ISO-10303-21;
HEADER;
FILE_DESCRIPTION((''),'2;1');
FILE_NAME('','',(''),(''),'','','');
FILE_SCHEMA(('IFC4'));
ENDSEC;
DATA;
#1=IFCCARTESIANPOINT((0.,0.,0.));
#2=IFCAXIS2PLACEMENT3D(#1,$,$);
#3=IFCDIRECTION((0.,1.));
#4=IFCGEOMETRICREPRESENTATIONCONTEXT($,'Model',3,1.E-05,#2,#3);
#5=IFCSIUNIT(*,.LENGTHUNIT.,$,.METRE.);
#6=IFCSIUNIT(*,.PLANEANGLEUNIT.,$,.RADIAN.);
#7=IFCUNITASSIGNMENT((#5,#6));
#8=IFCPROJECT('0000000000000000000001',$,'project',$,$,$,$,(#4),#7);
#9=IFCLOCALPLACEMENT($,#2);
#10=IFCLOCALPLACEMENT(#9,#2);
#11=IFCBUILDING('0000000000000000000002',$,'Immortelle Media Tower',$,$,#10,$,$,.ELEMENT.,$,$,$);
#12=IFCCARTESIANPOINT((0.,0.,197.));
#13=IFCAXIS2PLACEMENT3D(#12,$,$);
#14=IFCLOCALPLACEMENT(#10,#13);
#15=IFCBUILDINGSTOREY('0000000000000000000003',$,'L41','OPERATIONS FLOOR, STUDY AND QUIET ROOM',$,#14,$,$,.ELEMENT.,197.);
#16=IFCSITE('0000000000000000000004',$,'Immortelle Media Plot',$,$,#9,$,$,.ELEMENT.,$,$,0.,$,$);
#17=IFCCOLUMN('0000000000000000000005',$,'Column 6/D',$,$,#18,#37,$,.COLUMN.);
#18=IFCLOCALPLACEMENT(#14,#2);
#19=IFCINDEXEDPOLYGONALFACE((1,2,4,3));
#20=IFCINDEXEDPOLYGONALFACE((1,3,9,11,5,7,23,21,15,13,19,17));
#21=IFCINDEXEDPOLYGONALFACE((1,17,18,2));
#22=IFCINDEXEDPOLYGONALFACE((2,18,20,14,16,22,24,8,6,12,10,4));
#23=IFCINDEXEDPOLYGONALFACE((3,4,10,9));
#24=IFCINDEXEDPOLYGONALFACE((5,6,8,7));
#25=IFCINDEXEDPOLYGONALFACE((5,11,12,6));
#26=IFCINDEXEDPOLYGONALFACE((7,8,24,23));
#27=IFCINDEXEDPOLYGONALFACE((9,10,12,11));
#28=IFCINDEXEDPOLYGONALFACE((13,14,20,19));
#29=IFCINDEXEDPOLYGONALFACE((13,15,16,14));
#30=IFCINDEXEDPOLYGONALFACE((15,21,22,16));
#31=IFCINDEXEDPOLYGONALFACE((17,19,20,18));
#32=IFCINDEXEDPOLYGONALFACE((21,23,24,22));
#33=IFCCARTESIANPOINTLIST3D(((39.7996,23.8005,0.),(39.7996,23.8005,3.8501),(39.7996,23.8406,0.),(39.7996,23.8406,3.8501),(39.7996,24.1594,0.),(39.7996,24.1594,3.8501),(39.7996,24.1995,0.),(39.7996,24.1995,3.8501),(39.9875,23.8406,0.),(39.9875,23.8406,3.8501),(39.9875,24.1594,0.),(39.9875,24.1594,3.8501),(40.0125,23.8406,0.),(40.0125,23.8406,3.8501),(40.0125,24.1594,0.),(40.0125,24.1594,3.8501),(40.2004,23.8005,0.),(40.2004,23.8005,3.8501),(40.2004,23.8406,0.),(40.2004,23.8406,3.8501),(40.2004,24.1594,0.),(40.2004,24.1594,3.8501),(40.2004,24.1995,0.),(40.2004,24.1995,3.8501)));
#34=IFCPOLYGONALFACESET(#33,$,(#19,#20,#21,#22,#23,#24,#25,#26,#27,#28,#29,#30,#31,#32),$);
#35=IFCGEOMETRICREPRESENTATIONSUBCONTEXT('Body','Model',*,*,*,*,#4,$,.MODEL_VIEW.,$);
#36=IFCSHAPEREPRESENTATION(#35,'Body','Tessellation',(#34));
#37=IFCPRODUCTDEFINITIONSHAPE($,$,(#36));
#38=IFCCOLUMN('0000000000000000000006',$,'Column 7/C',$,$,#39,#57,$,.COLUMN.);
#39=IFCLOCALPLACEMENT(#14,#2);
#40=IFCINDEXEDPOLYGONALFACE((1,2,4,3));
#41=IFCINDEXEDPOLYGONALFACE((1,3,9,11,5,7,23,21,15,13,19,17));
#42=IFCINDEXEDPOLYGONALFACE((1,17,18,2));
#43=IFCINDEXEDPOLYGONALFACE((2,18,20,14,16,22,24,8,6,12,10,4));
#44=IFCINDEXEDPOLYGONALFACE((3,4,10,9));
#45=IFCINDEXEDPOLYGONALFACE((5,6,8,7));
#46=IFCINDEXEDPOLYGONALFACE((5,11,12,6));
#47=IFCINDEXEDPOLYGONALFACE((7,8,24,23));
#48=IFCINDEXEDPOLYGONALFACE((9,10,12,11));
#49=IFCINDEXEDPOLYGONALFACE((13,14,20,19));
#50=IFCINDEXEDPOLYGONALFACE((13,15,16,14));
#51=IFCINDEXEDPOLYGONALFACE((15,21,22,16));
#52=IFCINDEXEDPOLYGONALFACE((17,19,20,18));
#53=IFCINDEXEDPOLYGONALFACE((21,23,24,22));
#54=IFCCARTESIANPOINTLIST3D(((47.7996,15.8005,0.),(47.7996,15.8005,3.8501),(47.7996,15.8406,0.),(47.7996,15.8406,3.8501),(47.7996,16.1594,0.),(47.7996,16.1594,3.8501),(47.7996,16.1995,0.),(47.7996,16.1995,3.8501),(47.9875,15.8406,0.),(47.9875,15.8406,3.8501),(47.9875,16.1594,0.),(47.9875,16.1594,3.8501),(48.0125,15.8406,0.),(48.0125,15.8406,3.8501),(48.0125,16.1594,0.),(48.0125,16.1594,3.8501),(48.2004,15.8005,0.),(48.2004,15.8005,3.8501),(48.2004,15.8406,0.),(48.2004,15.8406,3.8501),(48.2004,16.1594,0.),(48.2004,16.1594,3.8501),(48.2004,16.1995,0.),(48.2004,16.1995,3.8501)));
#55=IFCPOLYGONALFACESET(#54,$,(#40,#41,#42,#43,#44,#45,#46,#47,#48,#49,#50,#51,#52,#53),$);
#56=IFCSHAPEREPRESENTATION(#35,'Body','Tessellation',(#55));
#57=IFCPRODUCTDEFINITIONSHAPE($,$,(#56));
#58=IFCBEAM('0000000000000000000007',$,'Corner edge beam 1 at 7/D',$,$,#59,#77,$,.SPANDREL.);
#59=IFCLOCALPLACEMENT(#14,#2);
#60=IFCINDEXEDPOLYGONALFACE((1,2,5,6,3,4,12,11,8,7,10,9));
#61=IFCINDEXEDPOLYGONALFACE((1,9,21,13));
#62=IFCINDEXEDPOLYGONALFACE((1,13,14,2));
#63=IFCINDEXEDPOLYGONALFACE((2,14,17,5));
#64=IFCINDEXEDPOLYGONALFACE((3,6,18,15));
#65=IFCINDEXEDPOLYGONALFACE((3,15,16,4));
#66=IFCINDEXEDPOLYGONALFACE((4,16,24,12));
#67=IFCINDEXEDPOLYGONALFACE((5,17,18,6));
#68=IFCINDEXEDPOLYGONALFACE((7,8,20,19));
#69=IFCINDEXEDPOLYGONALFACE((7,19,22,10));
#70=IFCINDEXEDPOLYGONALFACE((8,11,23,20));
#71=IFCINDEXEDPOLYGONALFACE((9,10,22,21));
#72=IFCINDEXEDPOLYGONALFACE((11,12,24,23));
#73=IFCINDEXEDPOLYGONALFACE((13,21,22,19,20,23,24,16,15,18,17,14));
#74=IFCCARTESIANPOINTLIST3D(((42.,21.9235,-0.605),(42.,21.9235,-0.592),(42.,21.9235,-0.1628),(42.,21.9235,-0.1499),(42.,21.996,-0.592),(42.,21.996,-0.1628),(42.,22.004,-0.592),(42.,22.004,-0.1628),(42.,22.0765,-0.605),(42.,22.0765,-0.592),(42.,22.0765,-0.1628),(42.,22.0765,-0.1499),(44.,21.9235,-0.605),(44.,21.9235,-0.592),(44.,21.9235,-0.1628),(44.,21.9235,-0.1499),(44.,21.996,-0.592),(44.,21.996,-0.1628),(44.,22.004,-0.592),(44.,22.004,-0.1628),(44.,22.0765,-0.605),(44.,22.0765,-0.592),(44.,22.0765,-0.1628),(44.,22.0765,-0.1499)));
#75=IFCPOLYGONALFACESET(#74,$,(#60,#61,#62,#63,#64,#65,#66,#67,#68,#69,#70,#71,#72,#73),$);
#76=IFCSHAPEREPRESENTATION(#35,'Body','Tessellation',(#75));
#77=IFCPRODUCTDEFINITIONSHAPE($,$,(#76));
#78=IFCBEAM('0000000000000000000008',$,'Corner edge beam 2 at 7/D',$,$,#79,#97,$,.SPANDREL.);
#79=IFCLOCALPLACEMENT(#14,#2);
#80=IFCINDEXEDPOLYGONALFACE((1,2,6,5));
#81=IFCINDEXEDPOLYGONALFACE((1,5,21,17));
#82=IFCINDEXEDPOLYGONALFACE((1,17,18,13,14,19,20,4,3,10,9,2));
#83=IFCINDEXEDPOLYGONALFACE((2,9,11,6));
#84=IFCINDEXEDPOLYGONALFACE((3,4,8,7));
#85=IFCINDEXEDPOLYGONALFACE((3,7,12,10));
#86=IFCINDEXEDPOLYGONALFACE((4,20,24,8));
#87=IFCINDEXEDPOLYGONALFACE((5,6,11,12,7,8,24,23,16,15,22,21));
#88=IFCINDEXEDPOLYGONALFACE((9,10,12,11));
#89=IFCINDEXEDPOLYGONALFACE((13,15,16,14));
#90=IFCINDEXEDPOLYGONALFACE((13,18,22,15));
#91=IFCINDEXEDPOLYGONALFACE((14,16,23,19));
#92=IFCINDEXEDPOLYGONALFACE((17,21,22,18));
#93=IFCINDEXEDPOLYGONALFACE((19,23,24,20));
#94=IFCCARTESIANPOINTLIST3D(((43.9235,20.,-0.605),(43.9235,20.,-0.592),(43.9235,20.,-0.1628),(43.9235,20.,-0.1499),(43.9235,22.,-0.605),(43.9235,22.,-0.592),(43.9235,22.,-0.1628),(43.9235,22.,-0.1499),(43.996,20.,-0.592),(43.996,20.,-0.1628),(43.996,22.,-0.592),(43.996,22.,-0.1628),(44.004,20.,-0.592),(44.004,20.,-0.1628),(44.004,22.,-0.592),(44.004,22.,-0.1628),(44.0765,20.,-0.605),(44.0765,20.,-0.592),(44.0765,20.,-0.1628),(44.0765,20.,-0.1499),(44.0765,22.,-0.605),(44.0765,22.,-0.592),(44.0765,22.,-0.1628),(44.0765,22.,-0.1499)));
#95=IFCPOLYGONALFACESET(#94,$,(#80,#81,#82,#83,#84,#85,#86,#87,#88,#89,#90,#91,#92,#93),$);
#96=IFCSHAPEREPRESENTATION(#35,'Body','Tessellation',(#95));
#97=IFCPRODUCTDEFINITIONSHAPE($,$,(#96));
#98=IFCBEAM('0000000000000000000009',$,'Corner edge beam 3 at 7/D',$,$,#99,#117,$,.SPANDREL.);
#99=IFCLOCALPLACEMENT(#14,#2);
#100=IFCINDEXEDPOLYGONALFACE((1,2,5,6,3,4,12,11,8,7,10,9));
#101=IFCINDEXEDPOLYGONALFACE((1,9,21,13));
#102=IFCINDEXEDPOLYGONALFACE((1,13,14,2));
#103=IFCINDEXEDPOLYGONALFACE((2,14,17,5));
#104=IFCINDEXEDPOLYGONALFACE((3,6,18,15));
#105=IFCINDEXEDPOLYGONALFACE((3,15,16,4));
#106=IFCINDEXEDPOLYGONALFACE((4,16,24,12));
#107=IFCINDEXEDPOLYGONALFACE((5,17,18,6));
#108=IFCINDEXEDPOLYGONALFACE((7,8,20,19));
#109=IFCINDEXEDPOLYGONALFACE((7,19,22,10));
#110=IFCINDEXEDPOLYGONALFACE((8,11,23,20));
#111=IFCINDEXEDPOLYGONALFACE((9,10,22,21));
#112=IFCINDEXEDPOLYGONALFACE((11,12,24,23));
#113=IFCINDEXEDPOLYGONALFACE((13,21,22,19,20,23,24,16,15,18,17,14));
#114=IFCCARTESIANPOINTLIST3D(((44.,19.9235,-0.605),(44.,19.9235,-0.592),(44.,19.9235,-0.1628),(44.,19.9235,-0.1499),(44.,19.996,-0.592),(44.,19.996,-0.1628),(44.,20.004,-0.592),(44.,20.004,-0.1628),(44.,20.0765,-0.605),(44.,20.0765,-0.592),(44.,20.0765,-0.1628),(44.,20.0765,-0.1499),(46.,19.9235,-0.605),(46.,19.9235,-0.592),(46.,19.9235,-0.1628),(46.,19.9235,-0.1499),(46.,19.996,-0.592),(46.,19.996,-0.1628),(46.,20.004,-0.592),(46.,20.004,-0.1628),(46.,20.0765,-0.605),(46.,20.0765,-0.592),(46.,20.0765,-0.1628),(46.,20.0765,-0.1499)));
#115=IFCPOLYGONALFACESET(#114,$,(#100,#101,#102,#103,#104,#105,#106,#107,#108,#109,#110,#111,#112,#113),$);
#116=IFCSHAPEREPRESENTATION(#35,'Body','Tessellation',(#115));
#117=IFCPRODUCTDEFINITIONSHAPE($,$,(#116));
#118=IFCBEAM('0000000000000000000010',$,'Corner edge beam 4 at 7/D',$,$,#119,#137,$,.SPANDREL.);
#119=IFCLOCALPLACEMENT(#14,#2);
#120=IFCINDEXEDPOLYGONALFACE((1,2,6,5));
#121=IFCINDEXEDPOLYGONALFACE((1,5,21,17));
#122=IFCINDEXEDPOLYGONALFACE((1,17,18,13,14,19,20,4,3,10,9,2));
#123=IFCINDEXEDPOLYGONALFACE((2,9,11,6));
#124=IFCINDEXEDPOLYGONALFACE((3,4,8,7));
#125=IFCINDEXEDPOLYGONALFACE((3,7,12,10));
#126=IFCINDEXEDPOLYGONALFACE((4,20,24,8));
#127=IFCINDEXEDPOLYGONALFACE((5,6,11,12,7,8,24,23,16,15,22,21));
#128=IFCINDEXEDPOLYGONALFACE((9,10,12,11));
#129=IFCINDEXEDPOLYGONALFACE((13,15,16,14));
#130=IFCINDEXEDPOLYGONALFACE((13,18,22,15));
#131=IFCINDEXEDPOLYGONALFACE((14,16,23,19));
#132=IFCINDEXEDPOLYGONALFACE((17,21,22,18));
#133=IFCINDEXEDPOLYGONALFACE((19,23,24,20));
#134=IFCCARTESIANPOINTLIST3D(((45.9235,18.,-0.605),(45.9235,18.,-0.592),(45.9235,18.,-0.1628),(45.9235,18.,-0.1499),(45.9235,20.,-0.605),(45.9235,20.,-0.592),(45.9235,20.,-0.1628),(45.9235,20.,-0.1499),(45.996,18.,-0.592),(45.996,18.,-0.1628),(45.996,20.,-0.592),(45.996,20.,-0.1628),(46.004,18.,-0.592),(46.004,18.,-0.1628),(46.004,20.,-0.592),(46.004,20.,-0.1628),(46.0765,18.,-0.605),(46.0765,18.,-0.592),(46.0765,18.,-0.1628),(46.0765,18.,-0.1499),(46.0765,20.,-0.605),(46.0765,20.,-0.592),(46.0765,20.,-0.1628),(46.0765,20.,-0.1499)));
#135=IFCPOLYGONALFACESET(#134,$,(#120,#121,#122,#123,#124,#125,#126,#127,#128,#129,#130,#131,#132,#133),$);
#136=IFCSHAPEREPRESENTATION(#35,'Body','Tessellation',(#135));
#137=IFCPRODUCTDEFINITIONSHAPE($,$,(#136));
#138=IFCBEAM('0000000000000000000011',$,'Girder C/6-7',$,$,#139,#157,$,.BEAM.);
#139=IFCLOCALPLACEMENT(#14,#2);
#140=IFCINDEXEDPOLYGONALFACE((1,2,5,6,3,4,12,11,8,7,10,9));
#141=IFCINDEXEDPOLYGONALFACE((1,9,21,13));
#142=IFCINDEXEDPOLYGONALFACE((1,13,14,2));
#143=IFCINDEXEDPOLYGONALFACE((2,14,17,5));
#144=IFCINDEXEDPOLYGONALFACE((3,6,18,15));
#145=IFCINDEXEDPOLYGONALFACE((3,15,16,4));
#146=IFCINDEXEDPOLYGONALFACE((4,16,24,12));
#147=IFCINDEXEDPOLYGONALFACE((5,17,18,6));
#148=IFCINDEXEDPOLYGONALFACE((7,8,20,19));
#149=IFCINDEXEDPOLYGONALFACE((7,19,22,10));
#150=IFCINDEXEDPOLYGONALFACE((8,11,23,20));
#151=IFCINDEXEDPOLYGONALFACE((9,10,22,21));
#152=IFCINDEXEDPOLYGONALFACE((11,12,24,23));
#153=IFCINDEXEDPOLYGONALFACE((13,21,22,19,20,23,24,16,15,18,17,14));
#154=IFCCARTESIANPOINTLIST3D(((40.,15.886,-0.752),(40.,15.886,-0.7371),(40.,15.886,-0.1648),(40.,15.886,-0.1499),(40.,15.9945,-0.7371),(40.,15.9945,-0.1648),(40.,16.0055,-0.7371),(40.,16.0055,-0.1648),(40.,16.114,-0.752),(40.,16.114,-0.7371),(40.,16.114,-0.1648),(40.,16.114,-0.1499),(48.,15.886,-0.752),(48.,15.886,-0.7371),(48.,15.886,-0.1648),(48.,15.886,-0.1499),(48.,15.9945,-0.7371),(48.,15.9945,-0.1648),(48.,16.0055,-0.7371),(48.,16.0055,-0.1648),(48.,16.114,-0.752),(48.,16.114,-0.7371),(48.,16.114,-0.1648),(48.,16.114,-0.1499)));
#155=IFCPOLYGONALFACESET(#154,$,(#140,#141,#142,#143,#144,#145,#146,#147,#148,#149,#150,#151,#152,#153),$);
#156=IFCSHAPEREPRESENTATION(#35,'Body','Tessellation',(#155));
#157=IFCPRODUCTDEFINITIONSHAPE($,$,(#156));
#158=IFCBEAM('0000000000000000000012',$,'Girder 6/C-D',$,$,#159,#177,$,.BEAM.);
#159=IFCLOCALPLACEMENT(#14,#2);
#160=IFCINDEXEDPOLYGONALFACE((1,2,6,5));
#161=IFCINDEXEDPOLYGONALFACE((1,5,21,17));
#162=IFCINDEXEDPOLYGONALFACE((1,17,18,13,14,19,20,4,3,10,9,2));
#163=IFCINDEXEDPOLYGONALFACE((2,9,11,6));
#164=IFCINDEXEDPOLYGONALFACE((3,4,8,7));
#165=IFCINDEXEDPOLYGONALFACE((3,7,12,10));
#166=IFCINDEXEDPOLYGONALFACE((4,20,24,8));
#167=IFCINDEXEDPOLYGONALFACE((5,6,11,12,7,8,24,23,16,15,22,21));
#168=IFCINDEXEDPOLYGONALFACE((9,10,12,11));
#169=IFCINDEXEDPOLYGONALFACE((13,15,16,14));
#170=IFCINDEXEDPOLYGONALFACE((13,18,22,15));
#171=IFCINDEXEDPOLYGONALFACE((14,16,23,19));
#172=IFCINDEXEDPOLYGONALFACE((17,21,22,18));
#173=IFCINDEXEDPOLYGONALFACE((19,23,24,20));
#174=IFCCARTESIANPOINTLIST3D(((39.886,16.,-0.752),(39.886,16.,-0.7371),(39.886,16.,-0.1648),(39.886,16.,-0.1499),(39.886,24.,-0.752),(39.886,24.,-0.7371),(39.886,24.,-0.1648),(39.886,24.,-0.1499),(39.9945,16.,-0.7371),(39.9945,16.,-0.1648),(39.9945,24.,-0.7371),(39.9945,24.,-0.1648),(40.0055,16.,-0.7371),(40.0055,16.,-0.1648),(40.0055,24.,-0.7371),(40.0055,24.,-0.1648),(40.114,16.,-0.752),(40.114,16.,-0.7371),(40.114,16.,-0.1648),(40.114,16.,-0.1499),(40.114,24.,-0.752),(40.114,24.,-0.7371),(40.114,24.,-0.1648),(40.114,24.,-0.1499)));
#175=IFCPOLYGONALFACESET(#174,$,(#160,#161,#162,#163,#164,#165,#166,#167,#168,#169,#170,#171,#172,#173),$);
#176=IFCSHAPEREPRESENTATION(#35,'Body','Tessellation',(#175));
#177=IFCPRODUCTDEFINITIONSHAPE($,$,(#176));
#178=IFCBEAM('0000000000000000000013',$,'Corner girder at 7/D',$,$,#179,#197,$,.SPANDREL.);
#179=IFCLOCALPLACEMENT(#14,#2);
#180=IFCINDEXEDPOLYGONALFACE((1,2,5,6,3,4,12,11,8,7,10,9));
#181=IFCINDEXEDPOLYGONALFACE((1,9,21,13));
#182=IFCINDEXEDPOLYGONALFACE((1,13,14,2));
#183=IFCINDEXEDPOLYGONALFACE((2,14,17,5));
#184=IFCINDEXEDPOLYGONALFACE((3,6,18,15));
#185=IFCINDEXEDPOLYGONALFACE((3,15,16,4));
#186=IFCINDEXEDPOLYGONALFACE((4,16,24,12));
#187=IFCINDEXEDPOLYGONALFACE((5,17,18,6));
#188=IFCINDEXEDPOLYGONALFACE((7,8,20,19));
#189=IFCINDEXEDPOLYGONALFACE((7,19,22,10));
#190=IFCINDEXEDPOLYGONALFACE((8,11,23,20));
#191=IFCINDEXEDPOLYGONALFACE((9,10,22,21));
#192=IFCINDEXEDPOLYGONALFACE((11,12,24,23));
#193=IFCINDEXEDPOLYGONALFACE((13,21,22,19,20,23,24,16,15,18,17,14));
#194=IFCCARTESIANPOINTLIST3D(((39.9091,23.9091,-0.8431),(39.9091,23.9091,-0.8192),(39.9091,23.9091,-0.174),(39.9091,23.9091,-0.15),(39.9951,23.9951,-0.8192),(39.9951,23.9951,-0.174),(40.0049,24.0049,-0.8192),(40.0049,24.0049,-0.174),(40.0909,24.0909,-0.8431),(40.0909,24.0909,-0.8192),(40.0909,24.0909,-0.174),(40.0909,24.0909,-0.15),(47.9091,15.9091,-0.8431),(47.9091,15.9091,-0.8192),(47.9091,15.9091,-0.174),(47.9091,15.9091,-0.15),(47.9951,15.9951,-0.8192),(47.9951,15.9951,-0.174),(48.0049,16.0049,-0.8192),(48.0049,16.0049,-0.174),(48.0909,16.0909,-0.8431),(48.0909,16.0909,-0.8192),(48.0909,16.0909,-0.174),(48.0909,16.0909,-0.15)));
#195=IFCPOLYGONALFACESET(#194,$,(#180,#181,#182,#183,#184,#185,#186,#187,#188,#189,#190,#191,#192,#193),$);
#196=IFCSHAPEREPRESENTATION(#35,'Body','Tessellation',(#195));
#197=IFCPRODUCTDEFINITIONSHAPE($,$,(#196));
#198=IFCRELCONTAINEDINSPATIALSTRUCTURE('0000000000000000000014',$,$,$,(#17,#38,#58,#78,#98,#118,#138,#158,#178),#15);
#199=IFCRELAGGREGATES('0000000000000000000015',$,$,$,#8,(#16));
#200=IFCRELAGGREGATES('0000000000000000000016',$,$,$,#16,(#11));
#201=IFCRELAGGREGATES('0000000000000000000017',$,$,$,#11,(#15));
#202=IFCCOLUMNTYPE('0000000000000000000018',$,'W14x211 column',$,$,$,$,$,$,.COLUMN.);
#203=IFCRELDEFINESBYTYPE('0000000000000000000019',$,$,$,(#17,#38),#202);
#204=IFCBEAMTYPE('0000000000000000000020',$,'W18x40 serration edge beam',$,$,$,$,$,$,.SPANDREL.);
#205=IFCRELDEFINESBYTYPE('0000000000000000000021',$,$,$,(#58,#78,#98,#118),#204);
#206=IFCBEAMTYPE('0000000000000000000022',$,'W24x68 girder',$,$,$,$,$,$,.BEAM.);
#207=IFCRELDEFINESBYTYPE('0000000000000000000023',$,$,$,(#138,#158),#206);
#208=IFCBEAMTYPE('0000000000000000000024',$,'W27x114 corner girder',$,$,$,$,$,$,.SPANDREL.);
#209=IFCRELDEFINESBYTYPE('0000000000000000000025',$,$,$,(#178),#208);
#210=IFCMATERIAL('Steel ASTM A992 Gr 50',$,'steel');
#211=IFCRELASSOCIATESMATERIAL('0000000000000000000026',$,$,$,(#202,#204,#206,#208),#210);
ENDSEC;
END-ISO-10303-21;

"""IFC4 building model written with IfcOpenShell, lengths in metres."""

from ifc_helpers import new_model, si_unit, direction, frame, origin, origin_2d, place, context, subcontext, project, spatial, i_section, extrude, material, material_profile, profile_set, type_object, element, save


model = new_model("IFC4")

# Units and contexts
model_context = context("Model", 3, precision=1e-05, world=origin(), true_north=direction((0.0, 1.0)))
body_context = subcontext(model_context, "Body", "Model", "MODEL_VIEW")
ifc_project = project(units=[si_unit("LENGTHUNIT", "METRE"), si_unit("PLANEANGLEUNIT", "RADIAN")], contexts=[model_context])

# Site, building, storey
site_placement = place(None, origin())
site = spatial("IfcSite", under=ifc_project, at=site_placement, Name="Immortelle Media Plot", CompositionType="ELEMENT", RefElevation=0.0)
building_placement = place(site_placement, origin())
building = spatial("IfcBuilding", under=site, at=building_placement, Name="Immortelle Media Tower", CompositionType="ELEMENT")
storey_placement = place(building_placement, frame((0.0, 0.0, 197.0)))
storey = spatial("IfcBuildingStorey", under=building, at=storey_placement, Name="L41", Description="OPERATIONS FLOOR, STUDY AND QUIET ROOM", CompositionType="ELEMENT", Elevation=197.0)

# Columns
ifc_material_1 = material(Name="Steel ASTM A992 Gr 50", Category="steel")
ifc_material_profile_1 = material_profile(ifc_material_1, i_section(OverallWidth=0.4009, OverallDepth=0.3989, WebThickness=0.0249, FlangeThickness=0.04, at=origin_2d()), Name="W14x211")
ifc_profile_set_1 = profile_set([ifc_material_profile_1], Name="Steel ASTM A992 Gr 50")
column_type = type_object("IfcColumnType", Name="W14x211 column", PredefinedType="COLUMN", material=ifc_profile_set_1)
for number, where, z_axis, x_axis, name in (
    (1, (40.0, 24.0, 0.0), (0.0, 0.0, 1.0), (1.0, 0.0, 0.0), "Column 6/D"),
    (2, (48.0, 16.0, 0.0), (0.0, 0.0, 1.0), (1.0, 0.0, 0.0), "Column 7/C"),
):
    element("IfcColumn", number, at=place(storey_placement, frame(where, z_axis=z_axis, x_axis=x_axis)), inside=storey, type_object=column_type, Name=name, PredefinedType="COLUMN", context=body_context, shape_type="SweptSolid", body=[
        extrude(i_section(OverallWidth=0.4009, OverallDepth=0.3989, WebThickness=0.0249, FlangeThickness=0.04, at=origin_2d()), origin(), (0.0, 0.0, 1.0), 3.8501),
    ])

# Beams
ifc_material_profile_2 = material_profile(ifc_material_1, i_section(OverallWidth=0.1531, OverallDepth=0.4551, WebThickness=0.0081, FlangeThickness=0.0129, at=origin_2d()), Name="W18x40")
ifc_profile_set_2 = profile_set([ifc_material_profile_2], Name="Steel ASTM A992 Gr 50")
beam_type_1 = type_object("IfcBeamType", Name="W18x40 serration edge beam", PredefinedType="SPANDREL", material=ifc_profile_set_2)
for number, where, z_axis, x_axis, name in (
    (3, (42.0, 22.0, -0.3774), (1.0, 0.0, 0.0), (0.0, 1.0, 0.0), "Corner edge beam 1 at 7/D"),
    (4, (44.0, 22.0, -0.3774), (0.0, -1.0, 0.0), (1.0, 0.0, 0.0), "Corner edge beam 2 at 7/D"),
    (5, (44.0, 20.0, -0.3774), (1.0, 0.0, 0.0), (0.0, 1.0, 0.0), "Corner edge beam 3 at 7/D"),
    (6, (46.0, 20.0, -0.3774), (0.0, -1.0, 0.0), (1.0, 0.0, 0.0), "Corner edge beam 4 at 7/D"),
):
    element("IfcBeam", number, at=place(storey_placement, frame(where, z_axis=z_axis, x_axis=x_axis)), inside=storey, type_object=beam_type_1, Name=name, PredefinedType="SPANDREL", context=body_context, shape_type="SweptSolid", body=[
        extrude(i_section(OverallWidth=0.1531, OverallDepth=0.4551, WebThickness=0.0081, FlangeThickness=0.0129, at=origin_2d()), origin(), (0.0, 0.0, 1.0), 2.0),
    ])
ifc_material_profile_3 = material_profile(ifc_material_1, i_section(OverallWidth=0.228, OverallDepth=0.6021, WebThickness=0.011, FlangeThickness=0.0149, at=origin_2d()), Name="W24x68")
ifc_profile_set_3 = profile_set([ifc_material_profile_3], Name="Steel ASTM A992 Gr 50")
beam_type_2 = type_object("IfcBeamType", Name="W24x68 girder", PredefinedType="BEAM", material=ifc_profile_set_3)
for number, where, z_axis, x_axis, name in (
    (7, (40.0, 16.0, -0.4509), (1.0, 0.0, 0.0), (0.0, 1.0, 0.0), "Girder C/6-7"),
    (8, (40.0, 16.0, -0.4509), (0.0, 1.0, 0.0), (-1.0, 0.0, 0.0), "Girder 6/C-D"),
):
    element("IfcBeam", number, at=place(storey_placement, frame(where, z_axis=z_axis, x_axis=x_axis)), inside=storey, type_object=beam_type_2, Name=name, PredefinedType="BEAM", context=body_context, shape_type="SweptSolid", body=[
        extrude(i_section(OverallWidth=0.228, OverallDepth=0.6021, WebThickness=0.011, FlangeThickness=0.0149, at=origin_2d()), origin(), (0.0, 0.0, 1.0), 8.0),
    ])
ifc_material_profile_4 = material_profile(ifc_material_1, i_section(OverallWidth=0.2571, OverallDepth=0.6931, WebThickness=0.0139, FlangeThickness=0.0239, at=origin_2d()), Name="W27x114")
ifc_profile_set_4 = profile_set([ifc_material_profile_4], Name="Steel ASTM A992 Gr 50")
beam_type_3 = type_object("IfcBeamType", Name="W27x114 corner girder", PredefinedType="SPANDREL", material=ifc_profile_set_4)
beam_placement = place(storey_placement, frame((40.0, 24.0, -0.4966), z_axis=(0.707107, -0.707107, 0.0), x_axis=(0.707107, 0.707107, 0.0)))
element("IfcBeam", 9, at=beam_placement, inside=storey, type_object=beam_type_3, Name="Corner girder at 7/D", PredefinedType="SPANDREL", context=body_context, shape_type="SweptSolid", body=[
    extrude(i_section(OverallWidth=0.2571, OverallDepth=0.6931, WebThickness=0.0139, FlangeThickness=0.0239, at=origin_2d()), origin(), (0.0, 0.0, 1.0), 11.3137),
])

save(model, "model.ifc")
